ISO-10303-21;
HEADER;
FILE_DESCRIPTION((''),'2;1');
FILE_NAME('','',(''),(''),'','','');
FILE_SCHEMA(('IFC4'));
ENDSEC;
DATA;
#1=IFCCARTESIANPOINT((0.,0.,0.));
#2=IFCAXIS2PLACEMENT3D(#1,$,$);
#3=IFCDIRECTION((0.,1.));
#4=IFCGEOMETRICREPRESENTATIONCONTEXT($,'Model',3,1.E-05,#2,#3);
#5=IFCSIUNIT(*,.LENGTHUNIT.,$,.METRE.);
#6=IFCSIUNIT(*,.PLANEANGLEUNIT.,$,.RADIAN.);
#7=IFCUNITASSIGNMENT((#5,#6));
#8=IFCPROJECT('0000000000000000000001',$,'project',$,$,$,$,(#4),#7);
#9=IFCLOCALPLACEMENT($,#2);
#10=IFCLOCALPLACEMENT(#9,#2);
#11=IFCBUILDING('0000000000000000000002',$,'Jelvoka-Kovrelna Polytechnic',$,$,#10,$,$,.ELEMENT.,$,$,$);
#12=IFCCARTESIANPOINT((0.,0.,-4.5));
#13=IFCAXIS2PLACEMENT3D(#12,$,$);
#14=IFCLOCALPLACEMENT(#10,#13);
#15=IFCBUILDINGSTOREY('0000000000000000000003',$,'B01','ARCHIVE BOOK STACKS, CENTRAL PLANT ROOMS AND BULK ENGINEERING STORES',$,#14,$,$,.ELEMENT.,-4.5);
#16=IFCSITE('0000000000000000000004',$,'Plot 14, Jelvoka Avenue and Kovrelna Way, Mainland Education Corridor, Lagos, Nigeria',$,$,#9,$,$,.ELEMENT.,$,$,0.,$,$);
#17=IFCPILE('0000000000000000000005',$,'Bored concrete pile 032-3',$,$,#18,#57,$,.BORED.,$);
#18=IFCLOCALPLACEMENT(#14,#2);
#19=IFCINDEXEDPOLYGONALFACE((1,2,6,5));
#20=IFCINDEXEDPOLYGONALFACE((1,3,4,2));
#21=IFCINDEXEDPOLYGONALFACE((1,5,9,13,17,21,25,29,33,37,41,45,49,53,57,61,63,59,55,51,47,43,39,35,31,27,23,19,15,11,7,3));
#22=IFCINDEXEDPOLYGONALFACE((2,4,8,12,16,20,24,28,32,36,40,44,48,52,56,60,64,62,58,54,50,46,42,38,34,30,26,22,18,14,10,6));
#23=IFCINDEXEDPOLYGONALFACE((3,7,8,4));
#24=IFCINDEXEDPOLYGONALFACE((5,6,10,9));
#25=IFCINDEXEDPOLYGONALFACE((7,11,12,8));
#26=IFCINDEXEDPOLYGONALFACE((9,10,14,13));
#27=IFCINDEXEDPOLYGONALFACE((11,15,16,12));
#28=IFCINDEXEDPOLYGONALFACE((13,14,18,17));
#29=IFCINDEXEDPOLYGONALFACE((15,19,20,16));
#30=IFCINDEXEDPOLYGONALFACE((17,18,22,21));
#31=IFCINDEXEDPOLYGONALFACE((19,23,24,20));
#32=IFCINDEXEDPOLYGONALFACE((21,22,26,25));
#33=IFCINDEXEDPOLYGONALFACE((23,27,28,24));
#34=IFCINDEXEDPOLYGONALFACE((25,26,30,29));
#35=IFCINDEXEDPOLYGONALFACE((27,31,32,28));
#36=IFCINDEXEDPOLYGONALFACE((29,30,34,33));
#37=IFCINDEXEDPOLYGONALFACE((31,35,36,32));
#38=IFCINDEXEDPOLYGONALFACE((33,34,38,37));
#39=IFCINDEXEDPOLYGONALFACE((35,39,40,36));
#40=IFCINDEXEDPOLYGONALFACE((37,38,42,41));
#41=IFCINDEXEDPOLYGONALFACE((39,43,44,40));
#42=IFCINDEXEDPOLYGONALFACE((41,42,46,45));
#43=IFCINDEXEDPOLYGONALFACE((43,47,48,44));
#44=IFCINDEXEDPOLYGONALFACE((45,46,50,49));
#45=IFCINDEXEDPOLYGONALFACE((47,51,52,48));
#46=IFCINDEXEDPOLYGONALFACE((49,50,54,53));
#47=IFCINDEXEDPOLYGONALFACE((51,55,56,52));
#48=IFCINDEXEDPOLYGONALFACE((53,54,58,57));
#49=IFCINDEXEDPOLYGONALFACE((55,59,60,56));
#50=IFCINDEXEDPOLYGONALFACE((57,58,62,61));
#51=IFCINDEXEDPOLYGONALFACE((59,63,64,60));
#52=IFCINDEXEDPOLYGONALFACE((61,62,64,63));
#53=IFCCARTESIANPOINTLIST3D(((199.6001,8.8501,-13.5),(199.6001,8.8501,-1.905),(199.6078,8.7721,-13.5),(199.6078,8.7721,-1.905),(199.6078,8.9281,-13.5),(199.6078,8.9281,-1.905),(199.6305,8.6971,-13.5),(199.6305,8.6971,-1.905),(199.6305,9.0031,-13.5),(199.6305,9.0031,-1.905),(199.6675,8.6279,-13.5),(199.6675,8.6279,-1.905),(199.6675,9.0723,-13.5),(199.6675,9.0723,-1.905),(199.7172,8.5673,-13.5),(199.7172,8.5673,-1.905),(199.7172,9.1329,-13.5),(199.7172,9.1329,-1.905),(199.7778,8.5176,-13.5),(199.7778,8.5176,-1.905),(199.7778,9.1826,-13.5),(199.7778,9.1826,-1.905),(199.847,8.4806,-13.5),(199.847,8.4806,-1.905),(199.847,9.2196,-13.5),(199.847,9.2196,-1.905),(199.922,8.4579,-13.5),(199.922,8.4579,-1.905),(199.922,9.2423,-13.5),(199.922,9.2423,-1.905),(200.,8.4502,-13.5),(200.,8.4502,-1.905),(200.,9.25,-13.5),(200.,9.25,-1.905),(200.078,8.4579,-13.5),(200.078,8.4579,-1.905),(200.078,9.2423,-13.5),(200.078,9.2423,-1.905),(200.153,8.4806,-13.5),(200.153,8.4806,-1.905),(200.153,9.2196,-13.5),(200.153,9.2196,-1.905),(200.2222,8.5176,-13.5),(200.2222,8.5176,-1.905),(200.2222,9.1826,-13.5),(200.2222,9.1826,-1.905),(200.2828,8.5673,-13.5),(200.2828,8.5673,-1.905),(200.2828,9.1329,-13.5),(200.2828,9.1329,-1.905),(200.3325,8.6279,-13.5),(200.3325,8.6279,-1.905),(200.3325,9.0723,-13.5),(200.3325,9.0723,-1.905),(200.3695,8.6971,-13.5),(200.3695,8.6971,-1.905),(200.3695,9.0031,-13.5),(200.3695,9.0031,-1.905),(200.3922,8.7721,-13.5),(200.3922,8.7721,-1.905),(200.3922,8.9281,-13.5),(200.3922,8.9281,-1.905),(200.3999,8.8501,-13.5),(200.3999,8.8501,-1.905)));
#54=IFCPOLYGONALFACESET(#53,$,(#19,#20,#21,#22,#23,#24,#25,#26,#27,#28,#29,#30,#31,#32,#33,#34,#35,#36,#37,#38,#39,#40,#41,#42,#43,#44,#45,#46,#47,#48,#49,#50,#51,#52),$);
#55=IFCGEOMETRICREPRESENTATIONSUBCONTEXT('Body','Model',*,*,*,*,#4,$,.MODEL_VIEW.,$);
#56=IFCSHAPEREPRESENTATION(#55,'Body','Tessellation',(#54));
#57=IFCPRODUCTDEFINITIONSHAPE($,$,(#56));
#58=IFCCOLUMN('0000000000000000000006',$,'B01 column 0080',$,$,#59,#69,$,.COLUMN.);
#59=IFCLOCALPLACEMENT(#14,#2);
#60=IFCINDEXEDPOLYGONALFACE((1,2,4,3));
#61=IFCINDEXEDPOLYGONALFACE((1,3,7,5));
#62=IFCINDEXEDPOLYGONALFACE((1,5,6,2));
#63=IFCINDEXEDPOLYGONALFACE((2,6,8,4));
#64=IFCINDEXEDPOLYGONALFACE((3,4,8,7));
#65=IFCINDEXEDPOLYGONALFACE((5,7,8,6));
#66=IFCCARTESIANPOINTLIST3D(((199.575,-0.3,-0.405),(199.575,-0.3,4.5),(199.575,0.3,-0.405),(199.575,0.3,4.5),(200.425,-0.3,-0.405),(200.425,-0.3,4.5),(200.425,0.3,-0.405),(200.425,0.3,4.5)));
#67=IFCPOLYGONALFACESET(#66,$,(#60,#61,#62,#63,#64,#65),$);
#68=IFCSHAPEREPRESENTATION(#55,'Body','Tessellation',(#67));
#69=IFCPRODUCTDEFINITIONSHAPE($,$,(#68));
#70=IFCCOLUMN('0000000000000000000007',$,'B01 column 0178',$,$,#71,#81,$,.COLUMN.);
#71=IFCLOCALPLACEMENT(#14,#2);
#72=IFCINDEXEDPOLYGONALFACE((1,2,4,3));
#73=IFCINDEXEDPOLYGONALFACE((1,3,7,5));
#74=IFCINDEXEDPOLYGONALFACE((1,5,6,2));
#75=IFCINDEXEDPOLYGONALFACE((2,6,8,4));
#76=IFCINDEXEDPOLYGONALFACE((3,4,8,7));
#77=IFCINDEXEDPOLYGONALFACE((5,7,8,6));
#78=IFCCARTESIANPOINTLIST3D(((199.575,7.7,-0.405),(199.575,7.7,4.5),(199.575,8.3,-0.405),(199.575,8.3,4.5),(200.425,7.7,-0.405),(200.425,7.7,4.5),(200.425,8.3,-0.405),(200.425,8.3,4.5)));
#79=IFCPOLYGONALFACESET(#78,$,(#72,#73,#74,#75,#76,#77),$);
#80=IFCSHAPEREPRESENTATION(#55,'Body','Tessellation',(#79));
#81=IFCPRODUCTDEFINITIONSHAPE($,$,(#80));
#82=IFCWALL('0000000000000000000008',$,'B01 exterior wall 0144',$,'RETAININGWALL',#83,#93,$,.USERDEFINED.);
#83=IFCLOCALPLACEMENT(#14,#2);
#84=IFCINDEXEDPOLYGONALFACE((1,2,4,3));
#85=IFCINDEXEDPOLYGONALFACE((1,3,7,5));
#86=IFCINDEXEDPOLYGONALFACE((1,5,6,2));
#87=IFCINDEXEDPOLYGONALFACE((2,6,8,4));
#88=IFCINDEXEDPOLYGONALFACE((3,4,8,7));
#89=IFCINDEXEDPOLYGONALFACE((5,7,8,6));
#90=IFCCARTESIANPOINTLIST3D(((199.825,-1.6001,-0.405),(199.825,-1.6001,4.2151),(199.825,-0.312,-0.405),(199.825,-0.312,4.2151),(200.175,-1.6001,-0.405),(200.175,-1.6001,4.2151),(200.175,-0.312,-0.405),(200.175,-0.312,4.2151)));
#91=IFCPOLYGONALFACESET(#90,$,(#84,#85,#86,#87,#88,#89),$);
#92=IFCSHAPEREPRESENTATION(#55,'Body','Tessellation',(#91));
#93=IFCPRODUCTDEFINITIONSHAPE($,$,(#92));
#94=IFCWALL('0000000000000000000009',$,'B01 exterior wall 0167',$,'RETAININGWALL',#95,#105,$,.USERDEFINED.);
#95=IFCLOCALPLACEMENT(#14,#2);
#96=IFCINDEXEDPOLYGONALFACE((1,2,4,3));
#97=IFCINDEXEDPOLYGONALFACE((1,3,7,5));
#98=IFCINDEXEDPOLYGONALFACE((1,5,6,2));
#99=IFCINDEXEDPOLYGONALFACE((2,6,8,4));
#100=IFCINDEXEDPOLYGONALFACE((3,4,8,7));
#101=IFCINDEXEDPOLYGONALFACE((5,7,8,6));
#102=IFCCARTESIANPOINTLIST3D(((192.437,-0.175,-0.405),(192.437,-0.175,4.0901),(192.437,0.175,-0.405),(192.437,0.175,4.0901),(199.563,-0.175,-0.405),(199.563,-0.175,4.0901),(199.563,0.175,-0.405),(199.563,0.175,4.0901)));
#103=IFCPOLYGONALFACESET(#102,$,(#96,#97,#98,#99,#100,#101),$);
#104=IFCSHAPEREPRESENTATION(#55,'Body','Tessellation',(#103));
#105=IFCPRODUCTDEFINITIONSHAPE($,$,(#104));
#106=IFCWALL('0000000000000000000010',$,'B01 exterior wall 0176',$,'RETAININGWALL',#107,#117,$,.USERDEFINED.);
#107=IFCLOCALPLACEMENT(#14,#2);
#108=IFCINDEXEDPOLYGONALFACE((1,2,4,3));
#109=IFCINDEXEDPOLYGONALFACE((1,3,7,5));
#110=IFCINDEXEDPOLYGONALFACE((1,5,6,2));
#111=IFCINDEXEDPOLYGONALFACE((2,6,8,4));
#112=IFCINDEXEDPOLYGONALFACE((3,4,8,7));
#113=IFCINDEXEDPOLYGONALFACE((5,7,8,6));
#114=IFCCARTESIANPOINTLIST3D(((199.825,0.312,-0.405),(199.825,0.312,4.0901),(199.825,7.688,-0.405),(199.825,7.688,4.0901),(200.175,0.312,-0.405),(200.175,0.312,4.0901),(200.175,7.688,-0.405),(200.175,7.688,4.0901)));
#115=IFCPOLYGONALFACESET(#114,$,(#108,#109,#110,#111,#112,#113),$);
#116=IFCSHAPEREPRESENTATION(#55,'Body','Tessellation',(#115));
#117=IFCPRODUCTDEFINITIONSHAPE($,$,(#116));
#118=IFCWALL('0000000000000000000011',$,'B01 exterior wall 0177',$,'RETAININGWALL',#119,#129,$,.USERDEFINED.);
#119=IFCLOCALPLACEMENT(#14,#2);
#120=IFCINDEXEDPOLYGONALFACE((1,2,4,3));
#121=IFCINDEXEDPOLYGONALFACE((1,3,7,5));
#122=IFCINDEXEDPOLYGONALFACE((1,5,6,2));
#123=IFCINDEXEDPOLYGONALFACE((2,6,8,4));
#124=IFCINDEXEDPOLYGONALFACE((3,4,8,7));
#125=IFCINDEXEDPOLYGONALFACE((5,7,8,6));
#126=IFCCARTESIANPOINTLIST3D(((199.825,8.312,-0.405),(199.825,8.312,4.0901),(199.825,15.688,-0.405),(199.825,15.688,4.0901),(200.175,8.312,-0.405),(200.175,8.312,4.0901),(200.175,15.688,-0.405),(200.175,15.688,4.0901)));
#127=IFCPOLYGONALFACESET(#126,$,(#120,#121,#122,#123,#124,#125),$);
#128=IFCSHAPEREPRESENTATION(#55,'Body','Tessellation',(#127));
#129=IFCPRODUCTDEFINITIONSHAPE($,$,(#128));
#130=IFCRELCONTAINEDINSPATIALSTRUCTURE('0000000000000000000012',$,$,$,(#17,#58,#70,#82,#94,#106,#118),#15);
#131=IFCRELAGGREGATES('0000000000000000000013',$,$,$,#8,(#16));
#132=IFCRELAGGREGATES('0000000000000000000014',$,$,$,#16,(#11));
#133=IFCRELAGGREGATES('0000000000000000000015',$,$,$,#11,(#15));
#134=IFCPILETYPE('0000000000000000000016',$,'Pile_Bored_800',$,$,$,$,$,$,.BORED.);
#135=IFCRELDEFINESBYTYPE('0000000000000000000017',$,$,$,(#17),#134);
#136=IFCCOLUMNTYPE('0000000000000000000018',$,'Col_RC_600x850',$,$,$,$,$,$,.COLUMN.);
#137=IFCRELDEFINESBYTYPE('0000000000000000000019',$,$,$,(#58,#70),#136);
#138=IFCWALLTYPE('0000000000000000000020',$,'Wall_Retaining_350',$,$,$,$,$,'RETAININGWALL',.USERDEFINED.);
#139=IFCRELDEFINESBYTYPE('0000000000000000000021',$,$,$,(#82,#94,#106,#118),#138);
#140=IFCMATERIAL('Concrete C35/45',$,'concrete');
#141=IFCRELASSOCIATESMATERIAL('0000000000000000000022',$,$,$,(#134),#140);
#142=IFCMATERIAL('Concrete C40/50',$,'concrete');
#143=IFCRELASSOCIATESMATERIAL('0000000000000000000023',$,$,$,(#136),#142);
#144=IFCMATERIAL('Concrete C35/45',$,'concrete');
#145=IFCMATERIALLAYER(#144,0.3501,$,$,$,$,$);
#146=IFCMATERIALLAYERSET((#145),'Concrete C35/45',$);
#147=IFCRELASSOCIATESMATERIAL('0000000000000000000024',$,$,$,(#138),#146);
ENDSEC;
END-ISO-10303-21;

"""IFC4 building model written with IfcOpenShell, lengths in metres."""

from ifc_helpers import new_model, si_unit, direction, frame, frame_2d, origin, origin_2d, place, context, subcontext, project, spatial, rectangle, circle, extrude, material, layer, layer_set, material_profile, profile_set, type_object, element, save


model = new_model("IFC4")

# Units and contexts
model_context = context("Model", 3, precision=1e-05, world=origin(), true_north=direction((0.0, 1.0)))
body_context = subcontext(model_context, "Body", "Model", "MODEL_VIEW")
ifc_project = project(units=[si_unit("LENGTHUNIT", "METRE"), si_unit("PLANEANGLEUNIT", "RADIAN")], contexts=[model_context])

# Site, building, storey
site_placement = place(None, origin())
site = spatial("IfcSite", under=ifc_project, at=site_placement, Name="Plot 14, Jelvoka Avenue and Kovrelna Way, Mainland Education Corridor, Lagos, Nigeria", CompositionType="ELEMENT", RefElevation=0.0)
building_placement = place(site_placement, origin())
building = spatial("IfcBuilding", under=site, at=building_placement, Name="Jelvoka-Kovrelna Polytechnic", CompositionType="ELEMENT")
storey_placement = place(building_placement, frame((0.0, 0.0, -4.5)))
storey = spatial("IfcBuildingStorey", under=building, at=storey_placement, Name="B01", Description="ARCHIVE BOOK STACKS, CENTRAL PLANT ROOMS AND BULK ENGINEERING STORES", CompositionType="ELEMENT", Elevation=-4.5)

# Pile
ifc_material_1 = material(Name="Concrete C35/45", Category="concrete")
ifc_material_profile_1 = material_profile(ifc_material_1, circle(Radius=0.3999, at=origin_2d()), Name="PILE D800")
ifc_profile_set_1 = profile_set([ifc_material_profile_1], Name="Concrete C35/45")
pile_type_1 = type_object("IfcPileType", Name="Pile_Bored_800", PredefinedType="BORED", material=ifc_profile_set_1)
for number, where, z_axis, x_axis, name in (
    (1, (200.0, 8.8501, -1.905), (0.0, 0.0, -1.0), (1.0, 0.0, 0.0), "Bored concrete pile 032-3"),
):
    element("IfcPile", number, at=place(storey_placement, frame(where, z_axis=z_axis, x_axis=x_axis)), inside=storey, type_object=pile_type_1, Name=name, PredefinedType="BORED", context=body_context, shape_type="SweptSolid", body=[
        extrude(circle(Radius=0.3999, at=origin_2d()), origin(), (0.0, 0.0, 1.0), 11.595),
    ])

# Columns
ifc_material_2 = material(Name="Concrete C40/50", Category="concrete")
ifc_material_profile_2 = material_profile(ifc_material_2, rectangle(XDim=0.6001, YDim=0.8501, at=origin_2d()), Name="RC 600x850")
ifc_profile_set_2 = profile_set([ifc_material_profile_2], Name="Concrete C40/50")
column_type = type_object("IfcColumnType", Name="Col_RC_600x850", PredefinedType="COLUMN", material=ifc_profile_set_2)
for number, where, z_axis, x_axis, name in (
    (2, (200.0, 0.0, -0.405), (0.0, 0.0, 1.0), (0.0, 1.0, 0.0), "B01 column 0080"),
    (3, (200.0, 8.0, -0.405), (0.0, 0.0, 1.0), (0.0, 1.0, 0.0), "B01 column 0178"),
):
    element("IfcColumn", number, at=place(storey_placement, frame(where, z_axis=z_axis, x_axis=x_axis)), inside=storey, type_object=column_type, Name=name, PredefinedType="COLUMN", context=body_context, shape_type="SweptSolid", body=[
        extrude(rectangle(XDim=0.6001, YDim=0.8501, at=origin_2d()), origin(), (0.0, 0.0, 1.0), 4.905),
    ])

# Walls
ifc_material_3 = material(Name="Concrete C35/45", Category="concrete")
ifc_layer = layer(ifc_material_3, 0.3501)
ifc_layer_set = layer_set([ifc_layer], Name="Concrete C35/45")
wall_type = type_object("IfcWallType", Name="Wall_Retaining_350", ElementType="RETAININGWALL", PredefinedType="USERDEFINED", material=ifc_layer_set)
wall_1_placement = place(storey_placement, frame((200.0, -1.6001, -0.405), z_axis=(0.0, 0.0, 1.0), x_axis=(0.0, 1.0, 0.0)))
element("IfcWall", 4, at=wall_1_placement, inside=storey, type_object=wall_type, Name="B01 exterior wall 0144", ObjectType="RETAININGWALL", PredefinedType="USERDEFINED", context=body_context, shape_type="SweptSolid", body=[
    extrude(rectangle(XDim=1.2881, YDim=0.3501, at=frame_2d((0.644, 0.0))), origin(), (0.0, 0.0, 1.0), 4.6201),
])
wall_2_placement = place(storey_placement, frame((192.437, 0.0, -0.405), z_axis=(0.0, 0.0, 1.0), x_axis=(1.0, 0.0, 0.0)))
element("IfcWall", 5, at=wall_2_placement, inside=storey, type_object=wall_type, Name="B01 exterior wall 0167", ObjectType="RETAININGWALL", PredefinedType="USERDEFINED", context=body_context, shape_type="SweptSolid", body=[
    extrude(rectangle(XDim=7.126, YDim=0.3501, at=frame_2d((3.563, 0.0))), origin(), (0.0, 0.0, 1.0), 4.4951),
])
for number, where, z_axis, x_axis, name in (
    (6, (200.0, 0.312, -0.405), (0.0, 0.0, 1.0), (0.0, 1.0, 0.0), "B01 exterior wall 0176"),
    (7, (200.0, 8.312, -0.405), (0.0, 0.0, 1.0), (0.0, 1.0, 0.0), "B01 exterior wall 0177"),
):
    element("IfcWall", number, at=place(storey_placement, frame(where, z_axis=z_axis, x_axis=x_axis)), inside=storey, type_object=wall_type, Name=name, ObjectType="RETAININGWALL", PredefinedType="USERDEFINED", context=body_context, shape_type="SweptSolid", body=[
        extrude(rectangle(XDim=7.376, YDim=0.3501, at=frame_2d((3.688, 0.0))), origin(), (0.0, 0.0, 1.0), 4.4951),
    ])

save(model, "model.ifc")
